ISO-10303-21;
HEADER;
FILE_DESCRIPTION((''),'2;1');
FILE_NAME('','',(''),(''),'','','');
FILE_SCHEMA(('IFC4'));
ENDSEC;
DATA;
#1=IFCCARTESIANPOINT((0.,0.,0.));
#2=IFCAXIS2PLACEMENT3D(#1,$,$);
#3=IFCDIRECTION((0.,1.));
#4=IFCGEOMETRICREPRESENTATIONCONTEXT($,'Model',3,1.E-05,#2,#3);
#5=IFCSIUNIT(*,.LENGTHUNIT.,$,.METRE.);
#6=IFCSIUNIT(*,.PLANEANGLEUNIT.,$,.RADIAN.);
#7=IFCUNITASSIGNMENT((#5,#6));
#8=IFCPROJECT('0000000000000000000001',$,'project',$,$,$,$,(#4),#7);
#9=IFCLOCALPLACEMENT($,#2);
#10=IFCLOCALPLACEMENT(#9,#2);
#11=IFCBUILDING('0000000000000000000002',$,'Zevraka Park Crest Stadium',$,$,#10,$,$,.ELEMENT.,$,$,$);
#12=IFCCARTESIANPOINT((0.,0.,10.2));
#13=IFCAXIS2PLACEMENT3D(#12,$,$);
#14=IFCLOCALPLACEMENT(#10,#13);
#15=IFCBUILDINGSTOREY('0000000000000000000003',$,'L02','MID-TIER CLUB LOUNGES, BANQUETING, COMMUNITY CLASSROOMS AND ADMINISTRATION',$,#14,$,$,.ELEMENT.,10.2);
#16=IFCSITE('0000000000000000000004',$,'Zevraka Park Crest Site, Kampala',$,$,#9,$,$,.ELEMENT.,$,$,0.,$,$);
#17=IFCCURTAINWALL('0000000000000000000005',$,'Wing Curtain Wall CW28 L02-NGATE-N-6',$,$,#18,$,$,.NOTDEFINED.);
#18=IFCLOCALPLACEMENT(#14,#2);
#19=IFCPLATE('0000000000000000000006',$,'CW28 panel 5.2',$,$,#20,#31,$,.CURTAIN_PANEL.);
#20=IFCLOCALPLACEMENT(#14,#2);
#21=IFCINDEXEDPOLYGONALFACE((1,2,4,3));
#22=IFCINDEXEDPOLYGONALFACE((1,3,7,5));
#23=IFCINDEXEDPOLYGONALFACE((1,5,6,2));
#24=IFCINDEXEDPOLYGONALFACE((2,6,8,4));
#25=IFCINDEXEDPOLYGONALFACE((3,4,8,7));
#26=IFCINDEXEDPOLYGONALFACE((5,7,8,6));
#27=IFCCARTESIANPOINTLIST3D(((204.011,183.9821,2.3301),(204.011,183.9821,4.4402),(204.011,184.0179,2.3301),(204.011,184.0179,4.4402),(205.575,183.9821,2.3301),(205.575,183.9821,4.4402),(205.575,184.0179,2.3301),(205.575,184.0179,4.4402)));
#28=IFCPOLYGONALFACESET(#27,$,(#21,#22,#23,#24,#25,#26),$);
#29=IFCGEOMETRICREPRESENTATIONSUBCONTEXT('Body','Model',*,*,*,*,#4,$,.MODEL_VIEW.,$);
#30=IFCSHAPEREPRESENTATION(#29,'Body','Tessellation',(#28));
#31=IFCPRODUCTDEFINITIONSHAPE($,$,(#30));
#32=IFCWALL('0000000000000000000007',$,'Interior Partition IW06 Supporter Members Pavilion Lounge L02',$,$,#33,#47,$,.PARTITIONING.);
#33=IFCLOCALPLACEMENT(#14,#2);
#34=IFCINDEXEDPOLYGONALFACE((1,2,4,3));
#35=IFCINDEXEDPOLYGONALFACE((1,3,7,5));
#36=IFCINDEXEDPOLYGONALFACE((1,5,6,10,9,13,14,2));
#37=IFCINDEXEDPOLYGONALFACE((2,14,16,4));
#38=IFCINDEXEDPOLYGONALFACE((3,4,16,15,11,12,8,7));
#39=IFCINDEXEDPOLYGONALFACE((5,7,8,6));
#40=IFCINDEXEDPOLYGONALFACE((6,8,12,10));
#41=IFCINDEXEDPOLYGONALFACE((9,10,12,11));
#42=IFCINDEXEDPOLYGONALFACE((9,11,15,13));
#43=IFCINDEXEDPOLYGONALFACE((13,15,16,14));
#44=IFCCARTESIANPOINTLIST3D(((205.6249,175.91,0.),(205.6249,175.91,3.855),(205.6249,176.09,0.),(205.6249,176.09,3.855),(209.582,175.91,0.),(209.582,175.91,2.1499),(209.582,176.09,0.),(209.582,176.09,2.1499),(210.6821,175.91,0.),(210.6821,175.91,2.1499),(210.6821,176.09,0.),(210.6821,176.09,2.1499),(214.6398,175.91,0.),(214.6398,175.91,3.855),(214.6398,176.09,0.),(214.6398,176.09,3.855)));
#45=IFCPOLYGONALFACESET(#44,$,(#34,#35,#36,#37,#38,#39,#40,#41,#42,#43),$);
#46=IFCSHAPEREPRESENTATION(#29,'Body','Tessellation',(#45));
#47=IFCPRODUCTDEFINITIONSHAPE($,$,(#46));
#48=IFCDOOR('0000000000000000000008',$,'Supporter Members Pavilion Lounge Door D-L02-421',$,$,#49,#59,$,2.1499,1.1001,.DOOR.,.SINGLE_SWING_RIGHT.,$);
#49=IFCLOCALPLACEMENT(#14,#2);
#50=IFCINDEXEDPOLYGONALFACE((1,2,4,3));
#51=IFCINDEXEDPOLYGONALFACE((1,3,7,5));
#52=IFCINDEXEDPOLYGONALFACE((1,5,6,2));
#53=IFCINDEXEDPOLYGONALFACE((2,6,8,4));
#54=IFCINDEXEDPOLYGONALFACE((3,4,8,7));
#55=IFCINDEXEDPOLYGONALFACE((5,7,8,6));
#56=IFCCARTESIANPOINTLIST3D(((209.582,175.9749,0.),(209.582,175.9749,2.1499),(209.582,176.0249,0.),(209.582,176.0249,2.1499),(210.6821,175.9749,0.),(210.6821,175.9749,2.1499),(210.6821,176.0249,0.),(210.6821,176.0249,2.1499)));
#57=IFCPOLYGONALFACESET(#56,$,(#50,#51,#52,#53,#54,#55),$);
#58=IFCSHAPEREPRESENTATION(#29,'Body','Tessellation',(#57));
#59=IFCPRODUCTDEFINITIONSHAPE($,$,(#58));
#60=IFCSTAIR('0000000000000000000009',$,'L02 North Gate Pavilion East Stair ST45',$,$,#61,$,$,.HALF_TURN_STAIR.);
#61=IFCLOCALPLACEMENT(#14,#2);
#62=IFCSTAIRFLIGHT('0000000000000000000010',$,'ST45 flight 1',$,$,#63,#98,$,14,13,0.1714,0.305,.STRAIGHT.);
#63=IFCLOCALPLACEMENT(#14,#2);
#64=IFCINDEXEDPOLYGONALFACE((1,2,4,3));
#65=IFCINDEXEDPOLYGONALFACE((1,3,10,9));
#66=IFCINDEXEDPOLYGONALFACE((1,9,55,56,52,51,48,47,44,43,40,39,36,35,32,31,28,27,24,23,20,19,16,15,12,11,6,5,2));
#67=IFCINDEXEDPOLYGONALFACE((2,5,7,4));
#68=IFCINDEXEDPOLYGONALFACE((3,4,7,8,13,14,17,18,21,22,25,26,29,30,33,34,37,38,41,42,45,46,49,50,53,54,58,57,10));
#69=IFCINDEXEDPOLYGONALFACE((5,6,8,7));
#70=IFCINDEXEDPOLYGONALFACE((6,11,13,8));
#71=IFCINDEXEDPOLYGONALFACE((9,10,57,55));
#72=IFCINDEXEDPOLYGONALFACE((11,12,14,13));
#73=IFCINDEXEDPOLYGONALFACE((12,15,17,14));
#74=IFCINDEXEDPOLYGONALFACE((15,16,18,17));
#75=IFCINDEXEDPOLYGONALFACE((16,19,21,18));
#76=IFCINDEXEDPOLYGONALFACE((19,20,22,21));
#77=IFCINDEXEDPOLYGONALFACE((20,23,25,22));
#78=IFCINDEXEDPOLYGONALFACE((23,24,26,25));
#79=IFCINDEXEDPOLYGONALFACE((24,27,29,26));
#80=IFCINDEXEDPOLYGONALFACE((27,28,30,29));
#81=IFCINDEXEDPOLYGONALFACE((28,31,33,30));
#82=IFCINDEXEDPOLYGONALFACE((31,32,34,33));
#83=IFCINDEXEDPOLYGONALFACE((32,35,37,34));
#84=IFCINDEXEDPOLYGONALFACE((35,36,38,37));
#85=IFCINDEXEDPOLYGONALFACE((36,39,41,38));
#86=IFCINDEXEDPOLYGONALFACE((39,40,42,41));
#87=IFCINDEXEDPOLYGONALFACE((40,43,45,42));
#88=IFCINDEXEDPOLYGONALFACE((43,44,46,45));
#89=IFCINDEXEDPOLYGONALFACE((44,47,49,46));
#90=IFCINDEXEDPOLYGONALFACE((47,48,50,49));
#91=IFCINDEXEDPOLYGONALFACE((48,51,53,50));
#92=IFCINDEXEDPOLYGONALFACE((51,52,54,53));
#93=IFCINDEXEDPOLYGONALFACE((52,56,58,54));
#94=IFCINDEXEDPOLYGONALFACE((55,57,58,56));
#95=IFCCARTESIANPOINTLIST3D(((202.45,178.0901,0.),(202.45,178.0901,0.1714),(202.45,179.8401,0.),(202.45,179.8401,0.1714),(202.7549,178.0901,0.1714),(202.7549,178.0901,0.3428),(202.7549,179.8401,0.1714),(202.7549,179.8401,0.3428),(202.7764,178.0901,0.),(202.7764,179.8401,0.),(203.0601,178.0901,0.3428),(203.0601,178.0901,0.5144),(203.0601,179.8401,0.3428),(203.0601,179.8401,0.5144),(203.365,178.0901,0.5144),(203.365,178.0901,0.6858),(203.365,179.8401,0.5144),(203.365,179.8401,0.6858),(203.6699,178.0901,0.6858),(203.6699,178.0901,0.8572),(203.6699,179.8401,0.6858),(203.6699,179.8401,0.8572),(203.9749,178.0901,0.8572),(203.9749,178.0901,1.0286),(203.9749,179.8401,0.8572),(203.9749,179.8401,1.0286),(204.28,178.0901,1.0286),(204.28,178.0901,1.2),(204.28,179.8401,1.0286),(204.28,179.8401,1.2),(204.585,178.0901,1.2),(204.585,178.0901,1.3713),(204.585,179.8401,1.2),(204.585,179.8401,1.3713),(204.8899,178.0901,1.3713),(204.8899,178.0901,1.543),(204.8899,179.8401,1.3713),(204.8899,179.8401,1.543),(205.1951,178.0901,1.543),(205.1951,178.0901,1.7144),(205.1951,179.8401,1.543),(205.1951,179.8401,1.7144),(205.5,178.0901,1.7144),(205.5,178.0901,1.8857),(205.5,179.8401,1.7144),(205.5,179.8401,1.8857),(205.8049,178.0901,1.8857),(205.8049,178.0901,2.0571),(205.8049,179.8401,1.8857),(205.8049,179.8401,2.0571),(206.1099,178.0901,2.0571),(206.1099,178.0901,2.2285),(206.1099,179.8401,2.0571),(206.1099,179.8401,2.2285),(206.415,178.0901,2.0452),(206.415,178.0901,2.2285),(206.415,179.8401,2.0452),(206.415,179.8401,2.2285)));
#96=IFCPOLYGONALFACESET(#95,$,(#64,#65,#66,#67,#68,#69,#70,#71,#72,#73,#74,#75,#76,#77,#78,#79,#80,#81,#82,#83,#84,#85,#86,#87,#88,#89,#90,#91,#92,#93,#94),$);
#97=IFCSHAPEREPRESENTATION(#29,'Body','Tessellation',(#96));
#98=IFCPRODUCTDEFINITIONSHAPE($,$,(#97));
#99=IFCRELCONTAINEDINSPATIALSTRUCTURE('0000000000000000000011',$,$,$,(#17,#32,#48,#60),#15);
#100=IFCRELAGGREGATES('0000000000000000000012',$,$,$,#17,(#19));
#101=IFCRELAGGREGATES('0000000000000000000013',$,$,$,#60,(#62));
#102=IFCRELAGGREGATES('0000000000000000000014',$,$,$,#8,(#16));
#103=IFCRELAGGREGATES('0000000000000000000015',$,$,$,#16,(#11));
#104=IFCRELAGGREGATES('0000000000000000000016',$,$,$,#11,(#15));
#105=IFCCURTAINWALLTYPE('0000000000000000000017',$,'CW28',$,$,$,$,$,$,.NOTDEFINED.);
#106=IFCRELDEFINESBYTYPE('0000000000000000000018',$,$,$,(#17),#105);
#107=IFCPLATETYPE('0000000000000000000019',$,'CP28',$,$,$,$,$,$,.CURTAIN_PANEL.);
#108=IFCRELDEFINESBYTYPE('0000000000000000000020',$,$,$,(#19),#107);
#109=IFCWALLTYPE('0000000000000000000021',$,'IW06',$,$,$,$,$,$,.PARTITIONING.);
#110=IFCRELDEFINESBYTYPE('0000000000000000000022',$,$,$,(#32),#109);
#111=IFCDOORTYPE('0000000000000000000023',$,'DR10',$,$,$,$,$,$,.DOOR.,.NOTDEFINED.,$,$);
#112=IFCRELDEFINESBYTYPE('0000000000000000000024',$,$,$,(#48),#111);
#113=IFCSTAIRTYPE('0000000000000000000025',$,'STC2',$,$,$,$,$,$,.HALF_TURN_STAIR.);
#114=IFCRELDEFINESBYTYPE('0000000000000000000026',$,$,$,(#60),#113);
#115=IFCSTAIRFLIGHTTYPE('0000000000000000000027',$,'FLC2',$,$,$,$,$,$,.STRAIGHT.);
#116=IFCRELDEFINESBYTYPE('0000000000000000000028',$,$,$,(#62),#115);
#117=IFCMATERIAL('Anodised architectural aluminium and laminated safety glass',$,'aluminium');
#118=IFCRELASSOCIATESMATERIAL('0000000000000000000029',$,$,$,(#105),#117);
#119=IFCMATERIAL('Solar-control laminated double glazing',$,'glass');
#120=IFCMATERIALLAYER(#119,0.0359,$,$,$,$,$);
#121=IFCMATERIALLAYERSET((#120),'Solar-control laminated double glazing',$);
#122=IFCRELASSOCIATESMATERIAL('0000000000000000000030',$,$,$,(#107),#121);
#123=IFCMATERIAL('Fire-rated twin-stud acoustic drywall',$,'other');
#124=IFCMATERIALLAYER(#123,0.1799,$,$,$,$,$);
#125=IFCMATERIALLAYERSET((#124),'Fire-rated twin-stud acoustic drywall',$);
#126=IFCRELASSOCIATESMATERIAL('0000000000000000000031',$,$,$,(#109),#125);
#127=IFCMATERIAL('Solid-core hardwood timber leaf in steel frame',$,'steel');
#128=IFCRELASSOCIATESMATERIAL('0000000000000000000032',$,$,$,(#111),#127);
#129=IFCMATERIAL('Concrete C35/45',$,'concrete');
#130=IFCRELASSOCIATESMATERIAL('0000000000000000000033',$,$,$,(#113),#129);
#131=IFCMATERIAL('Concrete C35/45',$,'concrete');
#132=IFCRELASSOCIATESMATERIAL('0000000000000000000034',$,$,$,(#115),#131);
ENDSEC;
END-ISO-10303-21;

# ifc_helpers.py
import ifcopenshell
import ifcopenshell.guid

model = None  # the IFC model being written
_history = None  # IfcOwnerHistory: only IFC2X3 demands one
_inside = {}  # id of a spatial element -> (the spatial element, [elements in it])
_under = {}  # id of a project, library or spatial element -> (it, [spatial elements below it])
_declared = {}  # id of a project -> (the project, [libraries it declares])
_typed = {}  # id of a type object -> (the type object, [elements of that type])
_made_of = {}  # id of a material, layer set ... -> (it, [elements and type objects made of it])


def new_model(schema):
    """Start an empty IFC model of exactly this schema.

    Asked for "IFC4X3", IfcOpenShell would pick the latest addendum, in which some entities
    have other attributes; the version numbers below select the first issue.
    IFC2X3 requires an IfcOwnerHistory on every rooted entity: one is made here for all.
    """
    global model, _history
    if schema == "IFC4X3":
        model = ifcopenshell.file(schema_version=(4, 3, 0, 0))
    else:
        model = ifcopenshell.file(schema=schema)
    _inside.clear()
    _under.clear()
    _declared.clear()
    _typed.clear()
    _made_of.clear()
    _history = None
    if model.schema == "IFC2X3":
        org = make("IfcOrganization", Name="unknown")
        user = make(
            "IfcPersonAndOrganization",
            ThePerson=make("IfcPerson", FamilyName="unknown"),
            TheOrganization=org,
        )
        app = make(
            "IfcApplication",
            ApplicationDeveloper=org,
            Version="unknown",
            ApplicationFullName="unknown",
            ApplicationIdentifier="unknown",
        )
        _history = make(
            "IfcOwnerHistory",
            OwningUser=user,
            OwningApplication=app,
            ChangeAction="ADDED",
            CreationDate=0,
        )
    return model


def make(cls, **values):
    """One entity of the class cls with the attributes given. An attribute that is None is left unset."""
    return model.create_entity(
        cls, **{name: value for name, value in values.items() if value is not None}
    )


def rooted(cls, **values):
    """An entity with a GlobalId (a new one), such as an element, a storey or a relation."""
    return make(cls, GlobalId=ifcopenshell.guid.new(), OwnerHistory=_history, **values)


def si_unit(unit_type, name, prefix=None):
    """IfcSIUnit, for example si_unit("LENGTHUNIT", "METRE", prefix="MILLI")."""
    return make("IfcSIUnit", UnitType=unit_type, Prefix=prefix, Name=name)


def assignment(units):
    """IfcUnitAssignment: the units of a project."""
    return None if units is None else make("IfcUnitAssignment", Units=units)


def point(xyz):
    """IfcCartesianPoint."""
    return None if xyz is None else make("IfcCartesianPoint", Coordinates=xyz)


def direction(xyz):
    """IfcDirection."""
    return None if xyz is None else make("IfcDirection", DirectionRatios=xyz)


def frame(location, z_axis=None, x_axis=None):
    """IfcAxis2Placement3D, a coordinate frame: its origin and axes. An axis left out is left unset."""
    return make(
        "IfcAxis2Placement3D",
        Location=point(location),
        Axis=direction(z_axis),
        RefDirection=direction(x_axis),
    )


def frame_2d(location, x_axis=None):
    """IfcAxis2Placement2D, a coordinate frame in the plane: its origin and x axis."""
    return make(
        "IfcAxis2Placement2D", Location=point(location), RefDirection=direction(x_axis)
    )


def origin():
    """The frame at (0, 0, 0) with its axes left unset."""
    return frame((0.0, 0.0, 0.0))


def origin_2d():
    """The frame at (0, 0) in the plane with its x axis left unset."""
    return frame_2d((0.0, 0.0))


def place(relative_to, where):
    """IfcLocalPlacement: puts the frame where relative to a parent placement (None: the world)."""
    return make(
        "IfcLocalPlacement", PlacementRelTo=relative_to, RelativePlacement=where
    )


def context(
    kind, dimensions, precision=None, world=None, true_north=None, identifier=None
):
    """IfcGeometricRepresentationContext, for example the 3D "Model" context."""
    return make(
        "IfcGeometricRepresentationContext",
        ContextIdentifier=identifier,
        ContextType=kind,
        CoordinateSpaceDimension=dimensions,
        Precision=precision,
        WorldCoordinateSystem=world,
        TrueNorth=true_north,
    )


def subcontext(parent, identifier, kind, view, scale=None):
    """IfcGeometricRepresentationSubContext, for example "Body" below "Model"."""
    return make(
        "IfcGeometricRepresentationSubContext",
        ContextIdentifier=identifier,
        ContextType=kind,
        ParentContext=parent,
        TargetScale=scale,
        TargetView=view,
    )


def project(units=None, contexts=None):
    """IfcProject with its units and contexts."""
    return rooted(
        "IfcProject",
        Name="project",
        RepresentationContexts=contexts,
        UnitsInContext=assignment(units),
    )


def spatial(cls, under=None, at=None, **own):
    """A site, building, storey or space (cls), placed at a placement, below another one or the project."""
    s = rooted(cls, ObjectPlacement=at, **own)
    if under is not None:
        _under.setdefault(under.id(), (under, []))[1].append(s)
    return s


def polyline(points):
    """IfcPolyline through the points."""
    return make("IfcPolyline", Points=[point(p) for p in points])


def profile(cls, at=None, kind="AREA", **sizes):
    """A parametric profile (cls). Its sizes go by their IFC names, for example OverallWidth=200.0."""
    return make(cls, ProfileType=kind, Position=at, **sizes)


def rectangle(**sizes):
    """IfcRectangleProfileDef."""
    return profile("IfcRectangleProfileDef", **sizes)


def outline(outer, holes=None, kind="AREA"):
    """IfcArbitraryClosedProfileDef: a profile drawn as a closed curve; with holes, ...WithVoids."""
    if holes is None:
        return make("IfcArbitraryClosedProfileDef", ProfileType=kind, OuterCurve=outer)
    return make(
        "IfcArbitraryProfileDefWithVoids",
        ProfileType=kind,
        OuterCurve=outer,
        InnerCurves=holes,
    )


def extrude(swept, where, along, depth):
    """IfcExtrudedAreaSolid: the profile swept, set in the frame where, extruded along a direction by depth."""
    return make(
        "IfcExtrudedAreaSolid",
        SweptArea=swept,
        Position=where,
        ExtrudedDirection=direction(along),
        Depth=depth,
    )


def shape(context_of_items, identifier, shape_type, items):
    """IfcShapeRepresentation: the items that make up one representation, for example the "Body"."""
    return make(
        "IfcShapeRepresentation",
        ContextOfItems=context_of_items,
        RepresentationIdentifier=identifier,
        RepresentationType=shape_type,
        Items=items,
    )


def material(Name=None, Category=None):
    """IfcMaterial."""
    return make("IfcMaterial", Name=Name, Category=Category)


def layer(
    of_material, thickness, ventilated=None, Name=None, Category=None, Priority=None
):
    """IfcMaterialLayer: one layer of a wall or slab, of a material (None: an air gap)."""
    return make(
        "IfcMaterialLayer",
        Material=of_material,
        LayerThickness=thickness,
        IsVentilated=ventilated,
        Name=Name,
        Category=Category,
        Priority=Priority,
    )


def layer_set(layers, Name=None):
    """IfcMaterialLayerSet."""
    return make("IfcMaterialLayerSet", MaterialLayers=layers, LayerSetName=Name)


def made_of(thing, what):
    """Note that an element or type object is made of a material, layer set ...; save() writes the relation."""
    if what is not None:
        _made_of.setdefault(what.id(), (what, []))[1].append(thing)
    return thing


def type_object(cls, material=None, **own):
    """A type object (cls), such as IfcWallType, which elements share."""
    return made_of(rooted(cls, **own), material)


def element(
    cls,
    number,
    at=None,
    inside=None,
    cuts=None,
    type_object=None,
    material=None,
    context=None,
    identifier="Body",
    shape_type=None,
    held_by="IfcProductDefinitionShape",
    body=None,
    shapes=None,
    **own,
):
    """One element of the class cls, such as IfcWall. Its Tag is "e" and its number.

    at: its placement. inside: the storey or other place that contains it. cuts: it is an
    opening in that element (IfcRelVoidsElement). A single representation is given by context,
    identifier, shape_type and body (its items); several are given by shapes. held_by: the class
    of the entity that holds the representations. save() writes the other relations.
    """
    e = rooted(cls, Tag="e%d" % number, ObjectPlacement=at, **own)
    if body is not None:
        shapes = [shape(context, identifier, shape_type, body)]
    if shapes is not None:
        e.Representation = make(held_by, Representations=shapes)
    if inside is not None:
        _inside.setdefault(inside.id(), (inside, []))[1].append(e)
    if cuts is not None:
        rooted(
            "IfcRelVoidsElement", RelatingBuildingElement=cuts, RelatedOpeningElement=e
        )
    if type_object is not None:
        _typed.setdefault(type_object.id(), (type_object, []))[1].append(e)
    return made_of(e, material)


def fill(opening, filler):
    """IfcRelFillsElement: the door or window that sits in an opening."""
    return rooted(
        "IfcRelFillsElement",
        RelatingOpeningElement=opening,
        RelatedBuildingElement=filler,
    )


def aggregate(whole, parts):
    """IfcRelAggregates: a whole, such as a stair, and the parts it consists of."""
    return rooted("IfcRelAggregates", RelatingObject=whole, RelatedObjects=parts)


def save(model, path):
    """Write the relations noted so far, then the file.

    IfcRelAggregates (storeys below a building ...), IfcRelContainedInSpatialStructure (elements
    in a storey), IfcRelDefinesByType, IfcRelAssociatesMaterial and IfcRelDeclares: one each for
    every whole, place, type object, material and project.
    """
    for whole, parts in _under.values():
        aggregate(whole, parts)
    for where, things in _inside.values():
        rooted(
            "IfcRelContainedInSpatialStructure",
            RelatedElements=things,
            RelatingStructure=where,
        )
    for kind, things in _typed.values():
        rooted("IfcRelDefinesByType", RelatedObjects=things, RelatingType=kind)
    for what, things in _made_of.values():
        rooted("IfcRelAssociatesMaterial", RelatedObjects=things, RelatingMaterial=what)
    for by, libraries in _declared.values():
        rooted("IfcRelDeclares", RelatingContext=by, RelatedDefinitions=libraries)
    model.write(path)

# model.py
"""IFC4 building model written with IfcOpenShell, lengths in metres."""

from ifc_helpers import new_model, si_unit, direction, frame, frame_2d, origin, origin_2d, place, context, subcontext, project, spatial, polyline, rectangle, outline, extrude, material, layer, layer_set, type_object, element, fill, aggregate, save


model = new_model("IFC4")

# Units and contexts
model_context = context("Model", 3, precision=1e-05, world=origin(), true_north=direction((0.0, 1.0)))
body_context = subcontext(model_context, "Body", "Model", "MODEL_VIEW")
ifc_project = project(units=[si_unit("LENGTHUNIT", "METRE"), si_unit("PLANEANGLEUNIT", "RADIAN")], contexts=[model_context])

# Site, building, storey
site_placement = place(None, origin())
site = spatial("IfcSite", under=ifc_project, at=site_placement, Name="Zevraka Park Crest Site, Kampala", CompositionType="ELEMENT", RefElevation=0.0)
building_placement = place(site_placement, origin())
building = spatial("IfcBuilding", under=site, at=building_placement, Name="Zevraka Park Crest Stadium", CompositionType="ELEMENT")
storey_placement = place(building_placement, frame((0.0, 0.0, 10.2)))
storey = spatial("IfcBuildingStorey", under=building, at=storey_placement, Name="L02", Description="MID-TIER CLUB LOUNGES, BANQUETING, COMMUNITY CLASSROOMS AND ADMINISTRATION", CompositionType="ELEMENT", Elevation=10.2)

# Curtain wall, plate
ifc_material_1 = material(Name="Anodised architectural aluminium and laminated safety glass", Category="aluminium")
curtain_wall_type = type_object("IfcCurtainWallType", Name="CW28", PredefinedType="NOTDEFINED", material=ifc_material_1)
curtain_wall_placement = place(storey_placement, origin())
curtain_wall = element("IfcCurtainWall", 1, at=curtain_wall_placement, inside=storey, type_object=curtain_wall_type, Name="Wing Curtain Wall CW28 L02-NGATE-N-6", PredefinedType="NOTDEFINED")
ifc_material_2 = material(Name="Solar-control laminated double glazing", Category="glass")
ifc_layer_1 = layer(ifc_material_2, 0.0359)
ifc_layer_set_1 = layer_set([ifc_layer_1], Name="Solar-control laminated double glazing")
plate_type = type_object("IfcPlateType", Name="CP28", PredefinedType="CURTAIN_PANEL", material=ifc_layer_set_1)
plate_1_placement = place(storey_placement, frame((204.793, 184.0, 2.3301), z_axis=(0.0, 0.0, 1.0), x_axis=(1.0, 0.0, 0.0)))
plate_1 = element("IfcPlate", 2, at=plate_1_placement, type_object=plate_type, Name="CW28 panel 5.2", PredefinedType="CURTAIN_PANEL", context=body_context, shape_type="SweptSolid", body=[
    extrude(rectangle(XDim=1.564, YDim=0.0359, at=origin_2d()), origin(), (0.0, 0.0, 1.0), 2.1101),
])
aggregate(curtain_wall, [plate_1])

# Wall, opening, door
ifc_material_3 = material(Name="Fire-rated twin-stud acoustic drywall", Category="other")
ifc_layer_2 = layer(ifc_material_3, 0.1799)
ifc_layer_set_2 = layer_set([ifc_layer_2], Name="Fire-rated twin-stud acoustic drywall")
wall_type = type_object("IfcWallType", Name="IW06", PredefinedType="PARTITIONING", material=ifc_layer_set_2)
wall_placement = place(storey_placement, frame((205.625, 176.0, 0.0), z_axis=(0.0, 0.0, 1.0), x_axis=(1.0, 0.0, 0.0)))
wall = element("IfcWall", 3, at=wall_placement, inside=storey, type_object=wall_type, Name="Interior Partition IW06 Supporter Members Pavilion Lounge L02", PredefinedType="PARTITIONING", context=body_context, shape_type="SweptSolid", body=[
    extrude(rectangle(XDim=9.0149, YDim=0.1799, at=frame_2d((4.5073, 0.0))), origin(), (0.0, 0.0, 1.0), 3.855),
])
opening_placement = place(wall_placement, frame((3.957, 0.0, 0.0)))
opening = element("IfcOpeningElement", 4, at=opening_placement, cuts=wall, PredefinedType="OPENING", context=body_context, shape_type="SweptSolid", body=[
    extrude(rectangle(XDim=1.1001, YDim=2.1499, at=frame_2d((0.55, 1.075))), frame((0.0, 0.0999, 0.0), z_axis=(0.0, -1.0, 0.0), x_axis=(1.0, 0.0, 0.0)), (0.0, 0.0, 1.0), 0.2),
])
ifc_material_4 = material(Name="Solid-core hardwood timber leaf in steel frame", Category="steel")
door_type = type_object("IfcDoorType", Name="DR10", OperationType="NOTDEFINED", PredefinedType="DOOR", material=ifc_material_4)
door_placement = place(opening_placement, origin())
door = element("IfcDoor", 5, at=door_placement, inside=storey, type_object=door_type, Name="Supporter Members Pavilion Lounge Door D-L02-421", OperationType="SINGLE_SWING_RIGHT", OverallHeight=2.1499, OverallWidth=1.1001, PredefinedType="DOOR", context=body_context, shape_type="SweptSolid", body=[
    extrude(rectangle(XDim=1.1001, YDim=2.1499, at=frame_2d((0.55, 1.075))), frame((0.0, 0.0249, 0.0), z_axis=(0.0, -1.0, 0.0), x_axis=(1.0, 0.0, 0.0)), (0.0, 0.0, 1.0), 0.05),
])
fill(opening, door)

# Stair, stair flight
ifc_material_5 = material(Name="Concrete C35/45", Category="concrete")
stair_type = type_object("IfcStairType", Name="STC2", PredefinedType="HALF_TURN_STAIR", material=ifc_material_5)
stair_placement = place(storey_placement, origin())
stair = element("IfcStair", 6, at=stair_placement, inside=storey, type_object=stair_type, Name="L02 North Gate Pavilion East Stair ST45", PredefinedType="HALF_TURN_STAIR")
ifc_material_6 = material(Name="Concrete C35/45", Category="concrete")
stair_flight_type = type_object("IfcStairFlightType", Name="FLC2", PredefinedType="STRAIGHT", material=ifc_material_6)
stair_flight_placement = place(storey_placement, frame((202.45, 178.9651, 0.0), z_axis=(0.0, 0.0, 1.0), x_axis=(1.0, 0.0, 0.0)))
stair_flight = element("IfcStairFlight", 7, at=stair_flight_placement, type_object=stair_flight_type, Name="ST45 flight 1", NumberOfRisers=14, NumberOfTreads=13, PredefinedType="STRAIGHT", RiserHeight=0.1714, TreadLength=0.305, context=body_context, shape_type="SweptSolid", body=[
    extrude(outline(polyline([(0.0, 0.0), (0.0, 0.1714), (0.3049, 0.1714), (0.3049, 0.3428), (0.6101, 0.3428), (0.6101, 0.5144), (0.915, 0.5144), (0.915, 0.6858), (1.22, 0.6858), (1.22, 0.8572), (1.5249, 0.8572), (1.5249, 1.0286), (1.8301, 1.0286), (1.8301, 1.2), (2.135, 1.2), (2.135, 1.3713), (2.4399, 1.3713), (2.4399, 1.543), (2.7451, 1.543), (2.7451, 1.7144), (3.05, 1.7144), (3.05, 1.8857), (3.355, 1.8857), (3.355, 2.0571), (3.6599, 2.0571), (3.6599, 2.2285), (3.9651, 2.2285), (3.9651, 2.3999), (3.9651, 2.0452), (0.3264, 0.0), (0.0, 0.0)])), frame((0.0, 0.875, 0.0), z_axis=(0.0, -1.0, 0.0), x_axis=(1.0, 0.0, 0.0)), (0.0, 0.0, 1.0), 1.75),
])
aggregate(stair, [stair_flight])

save(model, "model.ifc")
